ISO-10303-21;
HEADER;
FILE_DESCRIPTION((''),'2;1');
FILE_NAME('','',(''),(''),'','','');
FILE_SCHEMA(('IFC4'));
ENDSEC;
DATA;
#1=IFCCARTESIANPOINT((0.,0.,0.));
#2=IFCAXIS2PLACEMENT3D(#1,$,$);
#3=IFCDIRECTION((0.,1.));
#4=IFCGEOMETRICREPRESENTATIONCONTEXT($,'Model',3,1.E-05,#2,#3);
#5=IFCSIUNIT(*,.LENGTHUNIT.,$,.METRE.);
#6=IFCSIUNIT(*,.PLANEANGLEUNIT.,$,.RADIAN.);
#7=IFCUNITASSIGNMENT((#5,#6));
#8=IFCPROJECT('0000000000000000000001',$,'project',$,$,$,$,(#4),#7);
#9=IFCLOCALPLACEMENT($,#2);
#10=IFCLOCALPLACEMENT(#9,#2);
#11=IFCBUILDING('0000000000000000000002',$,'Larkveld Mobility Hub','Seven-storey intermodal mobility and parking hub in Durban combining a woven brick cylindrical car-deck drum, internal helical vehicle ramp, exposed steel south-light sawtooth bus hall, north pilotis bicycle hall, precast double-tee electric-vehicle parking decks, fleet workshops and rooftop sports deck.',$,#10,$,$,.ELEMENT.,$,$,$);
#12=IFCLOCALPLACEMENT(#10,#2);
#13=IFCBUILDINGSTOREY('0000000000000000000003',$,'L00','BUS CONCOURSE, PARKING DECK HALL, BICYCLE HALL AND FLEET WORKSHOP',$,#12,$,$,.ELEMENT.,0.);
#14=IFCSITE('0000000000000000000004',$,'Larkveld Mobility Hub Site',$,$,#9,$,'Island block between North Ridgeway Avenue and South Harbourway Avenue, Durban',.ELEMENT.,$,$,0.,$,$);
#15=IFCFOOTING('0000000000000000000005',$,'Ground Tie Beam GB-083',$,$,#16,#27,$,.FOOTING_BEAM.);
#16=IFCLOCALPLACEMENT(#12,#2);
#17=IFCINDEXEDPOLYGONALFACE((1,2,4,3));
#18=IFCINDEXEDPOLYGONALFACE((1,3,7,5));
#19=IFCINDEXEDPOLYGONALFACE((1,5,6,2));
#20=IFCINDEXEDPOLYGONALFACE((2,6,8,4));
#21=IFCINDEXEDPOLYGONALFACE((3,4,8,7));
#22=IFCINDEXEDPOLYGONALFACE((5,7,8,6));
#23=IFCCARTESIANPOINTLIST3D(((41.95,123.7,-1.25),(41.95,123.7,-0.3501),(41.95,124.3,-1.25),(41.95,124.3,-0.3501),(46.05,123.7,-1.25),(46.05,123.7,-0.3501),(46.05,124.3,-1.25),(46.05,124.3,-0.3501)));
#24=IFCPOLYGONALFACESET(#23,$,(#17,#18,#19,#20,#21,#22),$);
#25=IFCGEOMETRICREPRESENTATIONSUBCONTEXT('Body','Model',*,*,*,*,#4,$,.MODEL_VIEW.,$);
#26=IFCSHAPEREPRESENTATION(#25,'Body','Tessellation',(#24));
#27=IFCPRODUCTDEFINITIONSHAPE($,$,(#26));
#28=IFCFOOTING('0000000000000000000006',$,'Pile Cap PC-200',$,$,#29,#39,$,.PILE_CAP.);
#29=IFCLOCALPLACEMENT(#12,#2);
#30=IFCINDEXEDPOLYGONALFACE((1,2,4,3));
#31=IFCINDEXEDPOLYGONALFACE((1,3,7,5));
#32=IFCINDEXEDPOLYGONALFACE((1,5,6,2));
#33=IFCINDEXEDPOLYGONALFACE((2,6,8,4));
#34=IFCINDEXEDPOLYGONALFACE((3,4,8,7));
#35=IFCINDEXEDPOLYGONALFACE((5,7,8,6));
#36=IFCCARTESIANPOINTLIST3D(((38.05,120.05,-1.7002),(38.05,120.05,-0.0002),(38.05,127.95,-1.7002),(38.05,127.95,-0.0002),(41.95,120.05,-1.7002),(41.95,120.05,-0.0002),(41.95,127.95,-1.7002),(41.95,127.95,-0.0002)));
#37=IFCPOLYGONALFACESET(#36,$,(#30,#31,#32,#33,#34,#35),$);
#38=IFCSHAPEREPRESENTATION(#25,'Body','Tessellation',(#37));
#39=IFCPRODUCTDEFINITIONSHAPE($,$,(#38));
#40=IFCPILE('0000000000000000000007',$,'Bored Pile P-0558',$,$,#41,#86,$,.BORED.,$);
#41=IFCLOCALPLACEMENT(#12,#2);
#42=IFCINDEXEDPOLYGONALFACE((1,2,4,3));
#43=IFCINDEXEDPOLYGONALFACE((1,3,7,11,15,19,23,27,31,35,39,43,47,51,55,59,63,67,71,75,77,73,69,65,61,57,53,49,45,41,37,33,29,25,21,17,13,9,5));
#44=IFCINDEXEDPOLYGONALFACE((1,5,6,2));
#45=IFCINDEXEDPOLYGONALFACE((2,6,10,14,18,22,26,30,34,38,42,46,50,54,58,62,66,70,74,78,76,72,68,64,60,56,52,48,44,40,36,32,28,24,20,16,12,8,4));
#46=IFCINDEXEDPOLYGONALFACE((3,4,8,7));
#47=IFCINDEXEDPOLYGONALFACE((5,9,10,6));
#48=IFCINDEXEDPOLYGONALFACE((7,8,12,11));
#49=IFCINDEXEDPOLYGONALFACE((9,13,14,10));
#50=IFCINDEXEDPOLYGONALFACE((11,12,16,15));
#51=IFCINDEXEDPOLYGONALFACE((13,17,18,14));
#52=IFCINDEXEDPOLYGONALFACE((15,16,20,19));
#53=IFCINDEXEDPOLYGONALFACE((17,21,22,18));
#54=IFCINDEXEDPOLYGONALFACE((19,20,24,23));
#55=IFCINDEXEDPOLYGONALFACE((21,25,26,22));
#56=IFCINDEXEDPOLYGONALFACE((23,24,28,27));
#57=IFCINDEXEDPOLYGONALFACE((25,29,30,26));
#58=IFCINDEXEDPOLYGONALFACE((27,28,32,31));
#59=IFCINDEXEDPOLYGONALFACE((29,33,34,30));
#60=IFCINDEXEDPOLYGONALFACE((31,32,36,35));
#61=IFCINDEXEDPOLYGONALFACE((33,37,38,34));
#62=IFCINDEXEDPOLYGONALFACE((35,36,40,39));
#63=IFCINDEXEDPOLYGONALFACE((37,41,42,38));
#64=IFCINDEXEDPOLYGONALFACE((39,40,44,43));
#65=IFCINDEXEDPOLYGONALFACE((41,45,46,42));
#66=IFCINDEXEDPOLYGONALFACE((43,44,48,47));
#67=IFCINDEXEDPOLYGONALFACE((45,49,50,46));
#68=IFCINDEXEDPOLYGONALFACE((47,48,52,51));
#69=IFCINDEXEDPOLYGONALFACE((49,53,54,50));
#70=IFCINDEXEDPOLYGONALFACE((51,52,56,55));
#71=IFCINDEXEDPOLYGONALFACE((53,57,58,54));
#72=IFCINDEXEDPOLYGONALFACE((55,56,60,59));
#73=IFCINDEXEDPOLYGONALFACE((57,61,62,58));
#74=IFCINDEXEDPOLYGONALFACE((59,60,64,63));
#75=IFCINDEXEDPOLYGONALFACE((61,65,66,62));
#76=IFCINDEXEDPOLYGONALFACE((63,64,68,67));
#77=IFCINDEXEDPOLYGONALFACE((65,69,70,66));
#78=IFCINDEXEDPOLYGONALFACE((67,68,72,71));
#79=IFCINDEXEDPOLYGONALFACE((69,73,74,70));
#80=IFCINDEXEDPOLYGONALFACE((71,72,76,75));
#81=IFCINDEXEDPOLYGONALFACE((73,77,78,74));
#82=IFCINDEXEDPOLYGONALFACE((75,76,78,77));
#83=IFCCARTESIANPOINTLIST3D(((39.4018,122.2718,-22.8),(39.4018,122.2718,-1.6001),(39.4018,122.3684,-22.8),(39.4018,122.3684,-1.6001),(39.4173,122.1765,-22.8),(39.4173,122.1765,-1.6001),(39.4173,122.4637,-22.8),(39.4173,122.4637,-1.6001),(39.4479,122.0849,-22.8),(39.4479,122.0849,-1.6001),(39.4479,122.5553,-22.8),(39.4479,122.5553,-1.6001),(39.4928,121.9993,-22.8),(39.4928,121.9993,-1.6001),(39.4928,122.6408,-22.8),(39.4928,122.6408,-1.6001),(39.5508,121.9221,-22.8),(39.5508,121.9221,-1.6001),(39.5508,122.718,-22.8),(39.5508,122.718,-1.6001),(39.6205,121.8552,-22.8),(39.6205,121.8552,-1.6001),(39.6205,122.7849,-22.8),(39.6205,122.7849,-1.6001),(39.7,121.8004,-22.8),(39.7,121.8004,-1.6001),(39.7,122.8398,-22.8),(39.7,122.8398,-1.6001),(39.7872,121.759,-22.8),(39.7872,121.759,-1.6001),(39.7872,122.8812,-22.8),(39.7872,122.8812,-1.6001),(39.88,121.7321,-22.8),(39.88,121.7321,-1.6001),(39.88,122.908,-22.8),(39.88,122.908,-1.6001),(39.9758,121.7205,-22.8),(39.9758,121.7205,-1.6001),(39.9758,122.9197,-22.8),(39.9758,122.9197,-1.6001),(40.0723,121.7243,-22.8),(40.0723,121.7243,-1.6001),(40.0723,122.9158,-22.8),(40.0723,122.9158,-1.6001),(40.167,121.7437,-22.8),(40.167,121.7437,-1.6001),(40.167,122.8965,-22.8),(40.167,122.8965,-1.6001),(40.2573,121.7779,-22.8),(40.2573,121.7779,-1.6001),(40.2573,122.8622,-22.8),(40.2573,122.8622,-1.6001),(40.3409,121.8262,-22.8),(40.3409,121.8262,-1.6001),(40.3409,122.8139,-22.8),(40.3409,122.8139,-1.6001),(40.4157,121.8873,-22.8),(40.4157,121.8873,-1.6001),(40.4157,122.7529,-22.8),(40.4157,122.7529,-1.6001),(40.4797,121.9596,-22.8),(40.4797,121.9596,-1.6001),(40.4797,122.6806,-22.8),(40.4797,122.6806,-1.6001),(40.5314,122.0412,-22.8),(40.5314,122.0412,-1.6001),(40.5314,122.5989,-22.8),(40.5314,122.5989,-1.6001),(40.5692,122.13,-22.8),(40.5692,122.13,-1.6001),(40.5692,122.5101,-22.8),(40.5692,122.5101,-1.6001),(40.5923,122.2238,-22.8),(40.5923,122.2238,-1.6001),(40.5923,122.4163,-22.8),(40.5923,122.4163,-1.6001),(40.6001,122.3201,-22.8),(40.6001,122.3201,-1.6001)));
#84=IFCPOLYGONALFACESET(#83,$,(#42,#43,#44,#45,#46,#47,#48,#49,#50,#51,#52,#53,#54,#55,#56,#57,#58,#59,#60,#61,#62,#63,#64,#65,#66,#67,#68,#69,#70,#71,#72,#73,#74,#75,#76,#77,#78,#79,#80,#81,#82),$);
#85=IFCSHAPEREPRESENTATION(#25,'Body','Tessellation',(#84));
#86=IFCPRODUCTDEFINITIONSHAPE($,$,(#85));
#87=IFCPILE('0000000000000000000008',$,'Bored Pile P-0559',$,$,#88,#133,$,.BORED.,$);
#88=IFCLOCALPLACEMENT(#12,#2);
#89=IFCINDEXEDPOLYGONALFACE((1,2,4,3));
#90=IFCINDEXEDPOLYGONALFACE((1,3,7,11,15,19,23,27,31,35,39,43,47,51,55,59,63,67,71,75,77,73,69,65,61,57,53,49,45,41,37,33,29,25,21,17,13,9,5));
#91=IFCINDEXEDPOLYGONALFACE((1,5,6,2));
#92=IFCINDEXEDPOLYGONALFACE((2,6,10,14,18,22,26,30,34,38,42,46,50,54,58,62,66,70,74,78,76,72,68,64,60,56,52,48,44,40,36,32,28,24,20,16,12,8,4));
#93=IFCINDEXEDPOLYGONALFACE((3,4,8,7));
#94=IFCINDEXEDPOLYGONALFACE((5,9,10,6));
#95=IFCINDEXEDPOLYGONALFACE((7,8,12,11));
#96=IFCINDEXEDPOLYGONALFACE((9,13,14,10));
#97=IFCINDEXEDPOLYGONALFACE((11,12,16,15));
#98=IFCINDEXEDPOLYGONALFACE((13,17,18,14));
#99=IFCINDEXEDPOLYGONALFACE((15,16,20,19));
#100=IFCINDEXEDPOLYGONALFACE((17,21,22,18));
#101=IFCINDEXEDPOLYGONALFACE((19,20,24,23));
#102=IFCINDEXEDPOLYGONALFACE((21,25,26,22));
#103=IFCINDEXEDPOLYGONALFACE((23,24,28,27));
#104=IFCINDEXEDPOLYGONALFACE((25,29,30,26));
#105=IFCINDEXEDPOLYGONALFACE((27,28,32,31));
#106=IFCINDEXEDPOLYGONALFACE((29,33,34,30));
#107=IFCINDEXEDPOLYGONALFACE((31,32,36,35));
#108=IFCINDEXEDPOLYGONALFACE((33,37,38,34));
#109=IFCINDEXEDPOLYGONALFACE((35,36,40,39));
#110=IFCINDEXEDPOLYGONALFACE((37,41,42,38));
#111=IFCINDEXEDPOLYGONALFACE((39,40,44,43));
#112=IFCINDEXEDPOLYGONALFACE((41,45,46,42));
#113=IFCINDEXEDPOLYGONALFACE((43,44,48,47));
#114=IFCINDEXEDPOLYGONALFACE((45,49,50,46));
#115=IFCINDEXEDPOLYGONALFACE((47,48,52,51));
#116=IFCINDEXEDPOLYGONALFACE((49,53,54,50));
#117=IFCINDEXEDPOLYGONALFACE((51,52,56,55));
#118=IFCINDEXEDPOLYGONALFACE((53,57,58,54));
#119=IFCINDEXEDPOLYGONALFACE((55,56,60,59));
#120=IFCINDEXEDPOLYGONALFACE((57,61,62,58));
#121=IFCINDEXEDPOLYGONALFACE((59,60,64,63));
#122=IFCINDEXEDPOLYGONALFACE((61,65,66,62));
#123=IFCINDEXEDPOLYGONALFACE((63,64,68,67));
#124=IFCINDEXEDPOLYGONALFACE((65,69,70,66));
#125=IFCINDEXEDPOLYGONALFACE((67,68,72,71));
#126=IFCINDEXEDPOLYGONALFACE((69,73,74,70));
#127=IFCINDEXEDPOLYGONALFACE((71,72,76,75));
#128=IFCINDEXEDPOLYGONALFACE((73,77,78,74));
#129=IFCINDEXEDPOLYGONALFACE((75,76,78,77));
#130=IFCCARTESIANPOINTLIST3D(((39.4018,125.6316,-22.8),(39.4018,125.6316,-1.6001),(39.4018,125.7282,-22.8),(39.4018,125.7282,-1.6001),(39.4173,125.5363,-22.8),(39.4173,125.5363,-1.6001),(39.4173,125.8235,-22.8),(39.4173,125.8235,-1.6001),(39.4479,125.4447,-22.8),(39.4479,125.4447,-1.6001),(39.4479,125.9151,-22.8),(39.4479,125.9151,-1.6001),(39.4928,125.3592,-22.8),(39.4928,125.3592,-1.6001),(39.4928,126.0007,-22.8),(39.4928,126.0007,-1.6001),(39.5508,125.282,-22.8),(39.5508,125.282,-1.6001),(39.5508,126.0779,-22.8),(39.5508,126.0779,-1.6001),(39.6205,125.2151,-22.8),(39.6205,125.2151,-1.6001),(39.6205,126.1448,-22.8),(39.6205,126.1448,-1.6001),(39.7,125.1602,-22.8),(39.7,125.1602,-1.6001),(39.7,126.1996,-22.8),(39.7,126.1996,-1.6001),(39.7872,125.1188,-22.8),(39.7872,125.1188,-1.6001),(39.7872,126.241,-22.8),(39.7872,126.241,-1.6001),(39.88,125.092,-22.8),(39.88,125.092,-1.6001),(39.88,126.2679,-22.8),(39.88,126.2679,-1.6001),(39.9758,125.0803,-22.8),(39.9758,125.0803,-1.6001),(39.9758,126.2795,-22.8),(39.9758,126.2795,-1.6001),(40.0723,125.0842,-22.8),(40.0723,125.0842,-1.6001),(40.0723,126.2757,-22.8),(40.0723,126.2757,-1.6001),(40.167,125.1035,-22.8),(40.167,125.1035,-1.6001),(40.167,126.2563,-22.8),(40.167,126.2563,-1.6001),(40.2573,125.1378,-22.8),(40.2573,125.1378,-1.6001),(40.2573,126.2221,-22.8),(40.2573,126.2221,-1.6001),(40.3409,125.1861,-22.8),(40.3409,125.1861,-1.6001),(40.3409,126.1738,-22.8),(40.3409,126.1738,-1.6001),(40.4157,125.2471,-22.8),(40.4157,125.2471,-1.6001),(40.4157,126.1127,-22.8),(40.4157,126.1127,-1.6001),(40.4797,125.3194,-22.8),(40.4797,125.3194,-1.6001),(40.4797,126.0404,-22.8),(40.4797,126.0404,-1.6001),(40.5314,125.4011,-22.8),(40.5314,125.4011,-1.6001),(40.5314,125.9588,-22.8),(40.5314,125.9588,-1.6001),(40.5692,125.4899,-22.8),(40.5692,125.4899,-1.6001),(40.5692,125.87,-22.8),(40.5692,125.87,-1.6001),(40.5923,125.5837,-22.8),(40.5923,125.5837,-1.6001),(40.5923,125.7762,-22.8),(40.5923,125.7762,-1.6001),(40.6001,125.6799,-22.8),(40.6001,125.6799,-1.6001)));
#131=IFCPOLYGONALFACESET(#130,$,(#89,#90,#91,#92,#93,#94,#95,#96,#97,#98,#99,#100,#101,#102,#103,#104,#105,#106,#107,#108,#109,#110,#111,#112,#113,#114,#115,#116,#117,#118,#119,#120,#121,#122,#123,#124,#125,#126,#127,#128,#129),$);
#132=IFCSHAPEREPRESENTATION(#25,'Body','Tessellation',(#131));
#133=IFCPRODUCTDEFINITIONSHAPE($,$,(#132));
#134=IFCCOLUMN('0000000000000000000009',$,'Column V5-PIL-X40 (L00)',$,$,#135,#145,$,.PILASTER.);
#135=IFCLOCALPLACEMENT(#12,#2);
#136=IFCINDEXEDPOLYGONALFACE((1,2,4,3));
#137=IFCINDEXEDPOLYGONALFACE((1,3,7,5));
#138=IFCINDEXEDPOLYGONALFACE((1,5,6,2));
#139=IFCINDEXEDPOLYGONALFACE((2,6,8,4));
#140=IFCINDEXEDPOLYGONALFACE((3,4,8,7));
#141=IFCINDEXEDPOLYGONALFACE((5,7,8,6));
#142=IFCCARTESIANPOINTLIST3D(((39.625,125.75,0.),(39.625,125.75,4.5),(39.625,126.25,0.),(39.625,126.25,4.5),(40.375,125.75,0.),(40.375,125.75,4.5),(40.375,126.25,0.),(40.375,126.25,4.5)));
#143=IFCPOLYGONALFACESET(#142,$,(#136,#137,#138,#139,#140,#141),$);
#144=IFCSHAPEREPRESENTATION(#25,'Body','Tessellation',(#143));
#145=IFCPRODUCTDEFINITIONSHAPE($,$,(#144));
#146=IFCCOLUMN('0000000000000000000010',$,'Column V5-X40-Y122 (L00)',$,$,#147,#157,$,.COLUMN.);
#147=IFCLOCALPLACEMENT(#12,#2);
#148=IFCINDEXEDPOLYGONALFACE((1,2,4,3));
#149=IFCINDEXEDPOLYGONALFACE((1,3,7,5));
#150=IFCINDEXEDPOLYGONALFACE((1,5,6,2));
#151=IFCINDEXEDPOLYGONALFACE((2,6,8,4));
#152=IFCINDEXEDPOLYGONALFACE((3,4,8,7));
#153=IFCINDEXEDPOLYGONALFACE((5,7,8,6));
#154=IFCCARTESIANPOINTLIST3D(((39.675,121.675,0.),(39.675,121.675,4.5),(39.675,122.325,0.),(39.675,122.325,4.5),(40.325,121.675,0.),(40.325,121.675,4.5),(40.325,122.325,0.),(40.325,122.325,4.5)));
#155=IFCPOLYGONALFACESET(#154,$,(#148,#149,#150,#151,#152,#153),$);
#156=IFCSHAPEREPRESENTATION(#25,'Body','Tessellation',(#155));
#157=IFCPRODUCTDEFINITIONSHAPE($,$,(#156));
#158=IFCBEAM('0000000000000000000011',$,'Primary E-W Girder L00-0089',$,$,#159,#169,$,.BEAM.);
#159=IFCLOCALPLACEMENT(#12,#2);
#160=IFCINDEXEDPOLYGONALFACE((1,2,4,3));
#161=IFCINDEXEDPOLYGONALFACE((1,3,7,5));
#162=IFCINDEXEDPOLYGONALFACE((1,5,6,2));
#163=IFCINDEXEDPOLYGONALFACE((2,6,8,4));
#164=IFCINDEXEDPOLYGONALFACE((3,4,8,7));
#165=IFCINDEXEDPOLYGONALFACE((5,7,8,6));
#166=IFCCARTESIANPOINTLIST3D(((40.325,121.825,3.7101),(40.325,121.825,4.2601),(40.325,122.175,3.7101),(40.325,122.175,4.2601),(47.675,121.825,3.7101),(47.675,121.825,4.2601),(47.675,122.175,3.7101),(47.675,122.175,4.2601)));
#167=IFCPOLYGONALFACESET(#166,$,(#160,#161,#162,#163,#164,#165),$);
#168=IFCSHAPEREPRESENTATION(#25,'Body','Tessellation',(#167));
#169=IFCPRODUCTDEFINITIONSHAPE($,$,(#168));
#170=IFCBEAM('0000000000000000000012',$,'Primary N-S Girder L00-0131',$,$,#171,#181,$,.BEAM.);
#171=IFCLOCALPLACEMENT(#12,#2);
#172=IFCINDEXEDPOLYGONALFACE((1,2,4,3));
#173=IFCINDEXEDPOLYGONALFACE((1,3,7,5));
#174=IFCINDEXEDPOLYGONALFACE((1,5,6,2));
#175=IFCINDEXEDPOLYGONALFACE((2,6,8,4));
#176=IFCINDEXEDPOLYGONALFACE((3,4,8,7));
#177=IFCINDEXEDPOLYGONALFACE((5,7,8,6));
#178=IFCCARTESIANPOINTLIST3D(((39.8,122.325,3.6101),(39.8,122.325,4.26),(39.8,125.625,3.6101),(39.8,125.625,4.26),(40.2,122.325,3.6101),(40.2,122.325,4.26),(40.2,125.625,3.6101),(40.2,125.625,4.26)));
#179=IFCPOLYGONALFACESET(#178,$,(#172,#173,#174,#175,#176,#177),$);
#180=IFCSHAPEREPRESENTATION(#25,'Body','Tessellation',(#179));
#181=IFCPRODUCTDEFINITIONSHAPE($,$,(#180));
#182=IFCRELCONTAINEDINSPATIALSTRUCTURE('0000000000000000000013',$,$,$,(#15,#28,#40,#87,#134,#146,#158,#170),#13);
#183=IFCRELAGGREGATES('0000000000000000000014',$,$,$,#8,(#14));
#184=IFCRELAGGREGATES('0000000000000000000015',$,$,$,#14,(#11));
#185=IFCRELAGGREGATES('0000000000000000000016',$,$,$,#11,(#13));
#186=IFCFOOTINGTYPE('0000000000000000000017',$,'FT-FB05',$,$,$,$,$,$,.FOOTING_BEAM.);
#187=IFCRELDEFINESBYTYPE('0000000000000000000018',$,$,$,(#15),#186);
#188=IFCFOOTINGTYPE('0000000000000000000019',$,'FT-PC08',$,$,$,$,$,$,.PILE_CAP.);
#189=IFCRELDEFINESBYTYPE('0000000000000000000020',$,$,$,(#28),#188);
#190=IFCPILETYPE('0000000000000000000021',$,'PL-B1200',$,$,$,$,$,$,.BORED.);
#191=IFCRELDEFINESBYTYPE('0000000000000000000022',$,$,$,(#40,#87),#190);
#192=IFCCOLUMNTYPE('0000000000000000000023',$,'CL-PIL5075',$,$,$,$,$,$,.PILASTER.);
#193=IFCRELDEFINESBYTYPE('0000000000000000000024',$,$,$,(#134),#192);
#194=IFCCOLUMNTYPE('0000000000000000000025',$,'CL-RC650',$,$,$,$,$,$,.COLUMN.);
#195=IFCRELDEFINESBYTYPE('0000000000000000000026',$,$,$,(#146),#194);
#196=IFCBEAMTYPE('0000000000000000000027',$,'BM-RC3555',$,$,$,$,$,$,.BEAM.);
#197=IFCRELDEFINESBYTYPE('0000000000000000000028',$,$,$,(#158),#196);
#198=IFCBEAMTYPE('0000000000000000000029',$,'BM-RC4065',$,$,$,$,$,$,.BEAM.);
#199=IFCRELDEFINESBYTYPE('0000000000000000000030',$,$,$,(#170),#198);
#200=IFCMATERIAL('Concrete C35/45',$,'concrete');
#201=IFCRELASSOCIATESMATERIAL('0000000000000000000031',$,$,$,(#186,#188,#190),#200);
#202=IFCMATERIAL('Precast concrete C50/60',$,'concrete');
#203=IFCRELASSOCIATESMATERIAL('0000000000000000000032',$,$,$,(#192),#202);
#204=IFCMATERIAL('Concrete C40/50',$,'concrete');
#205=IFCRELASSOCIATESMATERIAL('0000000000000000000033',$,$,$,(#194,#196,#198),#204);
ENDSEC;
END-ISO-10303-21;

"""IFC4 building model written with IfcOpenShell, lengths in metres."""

from ifc_helpers import new_model, si_unit, direction, frame, origin, origin_2d, place, context, subcontext, project, spatial, rectangle, circle, extrude, material, material_profile, profile_set, type_object, element, save


model = new_model("IFC4")

# Units and contexts
model_context = context("Model", 3, precision=1e-05, world=origin(), true_north=direction((0.0, 1.0)))
body_context = subcontext(model_context, "Body", "Model", "MODEL_VIEW")
ifc_project = project(units=[si_unit("LENGTHUNIT", "METRE"), si_unit("PLANEANGLEUNIT", "RADIAN")], contexts=[model_context])

# Site, building, storey
site_placement = place(None, origin())
site = spatial("IfcSite", under=ifc_project, at=site_placement, Name="Larkveld Mobility Hub Site", LongName="Island block between North Ridgeway Avenue and South Harbourway Avenue, Durban", CompositionType="ELEMENT", RefElevation=0.0)
building_placement = place(site_placement, origin())
building = spatial("IfcBuilding", under=site, at=building_placement, Name="Larkveld Mobility Hub", Description="Seven-storey intermodal mobility and parking hub in Durban combining a woven brick cylindrical car-deck drum, internal helical vehicle ramp, exposed steel south-light sawtooth bus hall, north pilotis bicycle hall, precast double-tee electric-vehicle parking decks, fleet workshops and rooftop sports deck.", CompositionType="ELEMENT")
storey_placement = place(building_placement, origin())
storey = spatial("IfcBuildingStorey", under=building, at=storey_placement, Name="L00", Description="BUS CONCOURSE, PARKING DECK HALL, BICYCLE HALL AND FLEET WORKSHOP", CompositionType="ELEMENT", Elevation=0.0)

# Footings
ifc_material_1 = material(Name="Concrete C35/45", Category="concrete")
ifc_material_profile_1 = material_profile(ifc_material_1, rectangle(XDim=0.6001, YDim=0.8999, at=origin_2d()), Name="RC BM 600x900")
ifc_profile_set_1 = profile_set([ifc_material_profile_1], Name="Concrete C35/45")
footing_type_1 = type_object("IfcFootingType", Name="FT-FB05", PredefinedType="FOOTING_BEAM", material=ifc_profile_set_1)
footing_1_placement = place(storey_placement, frame((41.95, 124.0, -0.8), z_axis=(1.0, 0.0, 0.0), x_axis=(0.0, 1.0, 0.0)))
element("IfcFooting", 1, at=footing_1_placement, inside=storey, type_object=footing_type_1, Name="Ground Tie Beam GB-083", PredefinedType="FOOTING_BEAM", context=body_context, shape_type="SweptSolid", body=[
    extrude(rectangle(XDim=0.6001, YDim=0.8999, at=origin_2d()), origin(), (0.0, 0.0, 1.0), 4.1001),
])
footing_type_2 = type_object("IfcFootingType", Name="FT-PC08", PredefinedType="PILE_CAP", material=ifc_material_1)
footing_2_placement = place(storey_placement, frame((40.0, 124.0, -1.7002), z_axis=(0.0, 0.0, 1.0), x_axis=(1.0, 0.0, 0.0)))
element("IfcFooting", 2, at=footing_2_placement, inside=storey, type_object=footing_type_2, Name="Pile Cap PC-200", PredefinedType="PILE_CAP", context=body_context, shape_type="SweptSolid", body=[
    extrude(rectangle(XDim=3.8999, YDim=7.8999, at=origin_2d()), origin(), (0.0, 0.0, 1.0), 1.7),
])

# Piles
ifc_material_profile_2 = material_profile(ifc_material_1, circle(Radius=0.6001, at=origin_2d()), Name="PILE D1200")
ifc_profile_set_2 = profile_set([ifc_material_profile_2], Name="Concrete C35/45")
pile_type = type_object("IfcPileType", Name="PL-B1200", PredefinedType="BORED", material=ifc_profile_set_2)
for number, where, z_axis, x_axis, name in (
    (3, (40.0, 122.3201, -1.6001), (0.0, 0.0, -1.0), (1.0, 0.0, 0.0), "Bored Pile P-0558"),
    (4, (40.0, 125.6799, -1.6001), (0.0, 0.0, -1.0), (1.0, 0.0, 0.0), "Bored Pile P-0559"),
):
    element("IfcPile", number, at=place(storey_placement, frame(where, z_axis=z_axis, x_axis=x_axis)), inside=storey, type_object=pile_type, Name=name, PredefinedType="BORED", context=body_context, shape_type="SweptSolid", body=[
        extrude(circle(Radius=0.6001, at=origin_2d()), origin(), (0.0, 0.0, 1.0), 21.2),
    ])

# Columns
ifc_material_2 = material(Name="Precast concrete C50/60", Category="concrete")
ifc_material_profile_3 = material_profile(ifc_material_2, rectangle(XDim=0.5, YDim=0.75, at=origin_2d()), Name="PC PIL 500x750")
ifc_profile_set_3 = profile_set([ifc_material_profile_3], Name="Precast concrete C50/60")
column_type_1 = type_object("IfcColumnType", Name="CL-PIL5075", PredefinedType="PILASTER", material=ifc_profile_set_3)
column_1_placement = place(storey_placement, frame((40.0, 126.0, 0.0), z_axis=(0.0, 0.0, 1.0), x_axis=(0.0, 1.0, 0.0)))
element("IfcColumn", 5, at=column_1_placement, inside=storey, type_object=column_type_1, Name="Column V5-PIL-X40 (L00)", PredefinedType="PILASTER", context=body_context, shape_type="SweptSolid", body=[
    extrude(rectangle(XDim=0.5, YDim=0.75, at=origin_2d()), origin(), (0.0, 0.0, 1.0), 4.5),
])
ifc_material_3 = material(Name="Concrete C40/50", Category="concrete")
ifc_material_profile_4 = material_profile(ifc_material_3, rectangle(XDim=0.6499, YDim=0.6499, at=origin_2d()), Name="RC COL 650x650")
ifc_profile_set_4 = profile_set([ifc_material_profile_4], Name="Concrete C40/50")
column_type_2 = type_object("IfcColumnType", Name="CL-RC650", PredefinedType="COLUMN", material=ifc_profile_set_4)
column_2_placement = place(storey_placement, frame((40.0, 122.0, 0.0), z_axis=(0.0, 0.0, 1.0), x_axis=(1.0, 0.0, 0.0)))
element("IfcColumn", 6, at=column_2_placement, inside=storey, type_object=column_type_2, Name="Column V5-X40-Y122 (L00)", PredefinedType="COLUMN", context=body_context, shape_type="SweptSolid", body=[
    extrude(rectangle(XDim=0.6499, YDim=0.6499, at=origin_2d()), origin(), (0.0, 0.0, 1.0), 4.5),
])

# Beams
ifc_material_profile_5 = material_profile(ifc_material_3, rectangle(XDim=0.3501, YDim=0.55, at=origin_2d()), Name="RC BM 350x550")
ifc_profile_set_5 = profile_set([ifc_material_profile_5], Name="Concrete C40/50")
beam_type_1 = type_object("IfcBeamType", Name="BM-RC3555", PredefinedType="BEAM", material=ifc_profile_set_5)
beam_1_placement = place(storey_placement, frame((40.325, 122.0, 3.9851), z_axis=(1.0, 0.0, 0.0), x_axis=(0.0, 1.0, 0.0)))
element("IfcBeam", 7, at=beam_1_placement, inside=storey, type_object=beam_type_1, Name="Primary E-W Girder L00-0089", PredefinedType="BEAM", context=body_context, shape_type="SweptSolid", body=[
    extrude(rectangle(XDim=0.3501, YDim=0.55, at=origin_2d()), origin(), (0.0, 0.0, 1.0), 7.3501),
])
ifc_material_profile_6 = material_profile(ifc_material_3, rectangle(XDim=0.3999, YDim=0.6499, at=origin_2d()), Name="RC BM 400x650")
ifc_profile_set_6 = profile_set([ifc_material_profile_6], Name="Concrete C40/50")
beam_type_2 = type_object("IfcBeamType", Name="BM-RC4065", PredefinedType="BEAM", material=ifc_profile_set_6)
beam_2_placement = place(storey_placement, frame((40.0, 122.325, 3.9351), z_axis=(0.0, 1.0, 0.0), x_axis=(-1.0, 0.0, 0.0)))
element("IfcBeam", 8, at=beam_2_placement, inside=storey, type_object=beam_type_2, Name="Primary N-S Girder L00-0131", PredefinedType="BEAM", context=body_context, shape_type="SweptSolid", body=[
    extrude(rectangle(XDim=0.3999, YDim=0.6499, at=origin_2d()), origin(), (0.0, 0.0, 1.0), 3.3),
])

save(model, "model.ifc")
